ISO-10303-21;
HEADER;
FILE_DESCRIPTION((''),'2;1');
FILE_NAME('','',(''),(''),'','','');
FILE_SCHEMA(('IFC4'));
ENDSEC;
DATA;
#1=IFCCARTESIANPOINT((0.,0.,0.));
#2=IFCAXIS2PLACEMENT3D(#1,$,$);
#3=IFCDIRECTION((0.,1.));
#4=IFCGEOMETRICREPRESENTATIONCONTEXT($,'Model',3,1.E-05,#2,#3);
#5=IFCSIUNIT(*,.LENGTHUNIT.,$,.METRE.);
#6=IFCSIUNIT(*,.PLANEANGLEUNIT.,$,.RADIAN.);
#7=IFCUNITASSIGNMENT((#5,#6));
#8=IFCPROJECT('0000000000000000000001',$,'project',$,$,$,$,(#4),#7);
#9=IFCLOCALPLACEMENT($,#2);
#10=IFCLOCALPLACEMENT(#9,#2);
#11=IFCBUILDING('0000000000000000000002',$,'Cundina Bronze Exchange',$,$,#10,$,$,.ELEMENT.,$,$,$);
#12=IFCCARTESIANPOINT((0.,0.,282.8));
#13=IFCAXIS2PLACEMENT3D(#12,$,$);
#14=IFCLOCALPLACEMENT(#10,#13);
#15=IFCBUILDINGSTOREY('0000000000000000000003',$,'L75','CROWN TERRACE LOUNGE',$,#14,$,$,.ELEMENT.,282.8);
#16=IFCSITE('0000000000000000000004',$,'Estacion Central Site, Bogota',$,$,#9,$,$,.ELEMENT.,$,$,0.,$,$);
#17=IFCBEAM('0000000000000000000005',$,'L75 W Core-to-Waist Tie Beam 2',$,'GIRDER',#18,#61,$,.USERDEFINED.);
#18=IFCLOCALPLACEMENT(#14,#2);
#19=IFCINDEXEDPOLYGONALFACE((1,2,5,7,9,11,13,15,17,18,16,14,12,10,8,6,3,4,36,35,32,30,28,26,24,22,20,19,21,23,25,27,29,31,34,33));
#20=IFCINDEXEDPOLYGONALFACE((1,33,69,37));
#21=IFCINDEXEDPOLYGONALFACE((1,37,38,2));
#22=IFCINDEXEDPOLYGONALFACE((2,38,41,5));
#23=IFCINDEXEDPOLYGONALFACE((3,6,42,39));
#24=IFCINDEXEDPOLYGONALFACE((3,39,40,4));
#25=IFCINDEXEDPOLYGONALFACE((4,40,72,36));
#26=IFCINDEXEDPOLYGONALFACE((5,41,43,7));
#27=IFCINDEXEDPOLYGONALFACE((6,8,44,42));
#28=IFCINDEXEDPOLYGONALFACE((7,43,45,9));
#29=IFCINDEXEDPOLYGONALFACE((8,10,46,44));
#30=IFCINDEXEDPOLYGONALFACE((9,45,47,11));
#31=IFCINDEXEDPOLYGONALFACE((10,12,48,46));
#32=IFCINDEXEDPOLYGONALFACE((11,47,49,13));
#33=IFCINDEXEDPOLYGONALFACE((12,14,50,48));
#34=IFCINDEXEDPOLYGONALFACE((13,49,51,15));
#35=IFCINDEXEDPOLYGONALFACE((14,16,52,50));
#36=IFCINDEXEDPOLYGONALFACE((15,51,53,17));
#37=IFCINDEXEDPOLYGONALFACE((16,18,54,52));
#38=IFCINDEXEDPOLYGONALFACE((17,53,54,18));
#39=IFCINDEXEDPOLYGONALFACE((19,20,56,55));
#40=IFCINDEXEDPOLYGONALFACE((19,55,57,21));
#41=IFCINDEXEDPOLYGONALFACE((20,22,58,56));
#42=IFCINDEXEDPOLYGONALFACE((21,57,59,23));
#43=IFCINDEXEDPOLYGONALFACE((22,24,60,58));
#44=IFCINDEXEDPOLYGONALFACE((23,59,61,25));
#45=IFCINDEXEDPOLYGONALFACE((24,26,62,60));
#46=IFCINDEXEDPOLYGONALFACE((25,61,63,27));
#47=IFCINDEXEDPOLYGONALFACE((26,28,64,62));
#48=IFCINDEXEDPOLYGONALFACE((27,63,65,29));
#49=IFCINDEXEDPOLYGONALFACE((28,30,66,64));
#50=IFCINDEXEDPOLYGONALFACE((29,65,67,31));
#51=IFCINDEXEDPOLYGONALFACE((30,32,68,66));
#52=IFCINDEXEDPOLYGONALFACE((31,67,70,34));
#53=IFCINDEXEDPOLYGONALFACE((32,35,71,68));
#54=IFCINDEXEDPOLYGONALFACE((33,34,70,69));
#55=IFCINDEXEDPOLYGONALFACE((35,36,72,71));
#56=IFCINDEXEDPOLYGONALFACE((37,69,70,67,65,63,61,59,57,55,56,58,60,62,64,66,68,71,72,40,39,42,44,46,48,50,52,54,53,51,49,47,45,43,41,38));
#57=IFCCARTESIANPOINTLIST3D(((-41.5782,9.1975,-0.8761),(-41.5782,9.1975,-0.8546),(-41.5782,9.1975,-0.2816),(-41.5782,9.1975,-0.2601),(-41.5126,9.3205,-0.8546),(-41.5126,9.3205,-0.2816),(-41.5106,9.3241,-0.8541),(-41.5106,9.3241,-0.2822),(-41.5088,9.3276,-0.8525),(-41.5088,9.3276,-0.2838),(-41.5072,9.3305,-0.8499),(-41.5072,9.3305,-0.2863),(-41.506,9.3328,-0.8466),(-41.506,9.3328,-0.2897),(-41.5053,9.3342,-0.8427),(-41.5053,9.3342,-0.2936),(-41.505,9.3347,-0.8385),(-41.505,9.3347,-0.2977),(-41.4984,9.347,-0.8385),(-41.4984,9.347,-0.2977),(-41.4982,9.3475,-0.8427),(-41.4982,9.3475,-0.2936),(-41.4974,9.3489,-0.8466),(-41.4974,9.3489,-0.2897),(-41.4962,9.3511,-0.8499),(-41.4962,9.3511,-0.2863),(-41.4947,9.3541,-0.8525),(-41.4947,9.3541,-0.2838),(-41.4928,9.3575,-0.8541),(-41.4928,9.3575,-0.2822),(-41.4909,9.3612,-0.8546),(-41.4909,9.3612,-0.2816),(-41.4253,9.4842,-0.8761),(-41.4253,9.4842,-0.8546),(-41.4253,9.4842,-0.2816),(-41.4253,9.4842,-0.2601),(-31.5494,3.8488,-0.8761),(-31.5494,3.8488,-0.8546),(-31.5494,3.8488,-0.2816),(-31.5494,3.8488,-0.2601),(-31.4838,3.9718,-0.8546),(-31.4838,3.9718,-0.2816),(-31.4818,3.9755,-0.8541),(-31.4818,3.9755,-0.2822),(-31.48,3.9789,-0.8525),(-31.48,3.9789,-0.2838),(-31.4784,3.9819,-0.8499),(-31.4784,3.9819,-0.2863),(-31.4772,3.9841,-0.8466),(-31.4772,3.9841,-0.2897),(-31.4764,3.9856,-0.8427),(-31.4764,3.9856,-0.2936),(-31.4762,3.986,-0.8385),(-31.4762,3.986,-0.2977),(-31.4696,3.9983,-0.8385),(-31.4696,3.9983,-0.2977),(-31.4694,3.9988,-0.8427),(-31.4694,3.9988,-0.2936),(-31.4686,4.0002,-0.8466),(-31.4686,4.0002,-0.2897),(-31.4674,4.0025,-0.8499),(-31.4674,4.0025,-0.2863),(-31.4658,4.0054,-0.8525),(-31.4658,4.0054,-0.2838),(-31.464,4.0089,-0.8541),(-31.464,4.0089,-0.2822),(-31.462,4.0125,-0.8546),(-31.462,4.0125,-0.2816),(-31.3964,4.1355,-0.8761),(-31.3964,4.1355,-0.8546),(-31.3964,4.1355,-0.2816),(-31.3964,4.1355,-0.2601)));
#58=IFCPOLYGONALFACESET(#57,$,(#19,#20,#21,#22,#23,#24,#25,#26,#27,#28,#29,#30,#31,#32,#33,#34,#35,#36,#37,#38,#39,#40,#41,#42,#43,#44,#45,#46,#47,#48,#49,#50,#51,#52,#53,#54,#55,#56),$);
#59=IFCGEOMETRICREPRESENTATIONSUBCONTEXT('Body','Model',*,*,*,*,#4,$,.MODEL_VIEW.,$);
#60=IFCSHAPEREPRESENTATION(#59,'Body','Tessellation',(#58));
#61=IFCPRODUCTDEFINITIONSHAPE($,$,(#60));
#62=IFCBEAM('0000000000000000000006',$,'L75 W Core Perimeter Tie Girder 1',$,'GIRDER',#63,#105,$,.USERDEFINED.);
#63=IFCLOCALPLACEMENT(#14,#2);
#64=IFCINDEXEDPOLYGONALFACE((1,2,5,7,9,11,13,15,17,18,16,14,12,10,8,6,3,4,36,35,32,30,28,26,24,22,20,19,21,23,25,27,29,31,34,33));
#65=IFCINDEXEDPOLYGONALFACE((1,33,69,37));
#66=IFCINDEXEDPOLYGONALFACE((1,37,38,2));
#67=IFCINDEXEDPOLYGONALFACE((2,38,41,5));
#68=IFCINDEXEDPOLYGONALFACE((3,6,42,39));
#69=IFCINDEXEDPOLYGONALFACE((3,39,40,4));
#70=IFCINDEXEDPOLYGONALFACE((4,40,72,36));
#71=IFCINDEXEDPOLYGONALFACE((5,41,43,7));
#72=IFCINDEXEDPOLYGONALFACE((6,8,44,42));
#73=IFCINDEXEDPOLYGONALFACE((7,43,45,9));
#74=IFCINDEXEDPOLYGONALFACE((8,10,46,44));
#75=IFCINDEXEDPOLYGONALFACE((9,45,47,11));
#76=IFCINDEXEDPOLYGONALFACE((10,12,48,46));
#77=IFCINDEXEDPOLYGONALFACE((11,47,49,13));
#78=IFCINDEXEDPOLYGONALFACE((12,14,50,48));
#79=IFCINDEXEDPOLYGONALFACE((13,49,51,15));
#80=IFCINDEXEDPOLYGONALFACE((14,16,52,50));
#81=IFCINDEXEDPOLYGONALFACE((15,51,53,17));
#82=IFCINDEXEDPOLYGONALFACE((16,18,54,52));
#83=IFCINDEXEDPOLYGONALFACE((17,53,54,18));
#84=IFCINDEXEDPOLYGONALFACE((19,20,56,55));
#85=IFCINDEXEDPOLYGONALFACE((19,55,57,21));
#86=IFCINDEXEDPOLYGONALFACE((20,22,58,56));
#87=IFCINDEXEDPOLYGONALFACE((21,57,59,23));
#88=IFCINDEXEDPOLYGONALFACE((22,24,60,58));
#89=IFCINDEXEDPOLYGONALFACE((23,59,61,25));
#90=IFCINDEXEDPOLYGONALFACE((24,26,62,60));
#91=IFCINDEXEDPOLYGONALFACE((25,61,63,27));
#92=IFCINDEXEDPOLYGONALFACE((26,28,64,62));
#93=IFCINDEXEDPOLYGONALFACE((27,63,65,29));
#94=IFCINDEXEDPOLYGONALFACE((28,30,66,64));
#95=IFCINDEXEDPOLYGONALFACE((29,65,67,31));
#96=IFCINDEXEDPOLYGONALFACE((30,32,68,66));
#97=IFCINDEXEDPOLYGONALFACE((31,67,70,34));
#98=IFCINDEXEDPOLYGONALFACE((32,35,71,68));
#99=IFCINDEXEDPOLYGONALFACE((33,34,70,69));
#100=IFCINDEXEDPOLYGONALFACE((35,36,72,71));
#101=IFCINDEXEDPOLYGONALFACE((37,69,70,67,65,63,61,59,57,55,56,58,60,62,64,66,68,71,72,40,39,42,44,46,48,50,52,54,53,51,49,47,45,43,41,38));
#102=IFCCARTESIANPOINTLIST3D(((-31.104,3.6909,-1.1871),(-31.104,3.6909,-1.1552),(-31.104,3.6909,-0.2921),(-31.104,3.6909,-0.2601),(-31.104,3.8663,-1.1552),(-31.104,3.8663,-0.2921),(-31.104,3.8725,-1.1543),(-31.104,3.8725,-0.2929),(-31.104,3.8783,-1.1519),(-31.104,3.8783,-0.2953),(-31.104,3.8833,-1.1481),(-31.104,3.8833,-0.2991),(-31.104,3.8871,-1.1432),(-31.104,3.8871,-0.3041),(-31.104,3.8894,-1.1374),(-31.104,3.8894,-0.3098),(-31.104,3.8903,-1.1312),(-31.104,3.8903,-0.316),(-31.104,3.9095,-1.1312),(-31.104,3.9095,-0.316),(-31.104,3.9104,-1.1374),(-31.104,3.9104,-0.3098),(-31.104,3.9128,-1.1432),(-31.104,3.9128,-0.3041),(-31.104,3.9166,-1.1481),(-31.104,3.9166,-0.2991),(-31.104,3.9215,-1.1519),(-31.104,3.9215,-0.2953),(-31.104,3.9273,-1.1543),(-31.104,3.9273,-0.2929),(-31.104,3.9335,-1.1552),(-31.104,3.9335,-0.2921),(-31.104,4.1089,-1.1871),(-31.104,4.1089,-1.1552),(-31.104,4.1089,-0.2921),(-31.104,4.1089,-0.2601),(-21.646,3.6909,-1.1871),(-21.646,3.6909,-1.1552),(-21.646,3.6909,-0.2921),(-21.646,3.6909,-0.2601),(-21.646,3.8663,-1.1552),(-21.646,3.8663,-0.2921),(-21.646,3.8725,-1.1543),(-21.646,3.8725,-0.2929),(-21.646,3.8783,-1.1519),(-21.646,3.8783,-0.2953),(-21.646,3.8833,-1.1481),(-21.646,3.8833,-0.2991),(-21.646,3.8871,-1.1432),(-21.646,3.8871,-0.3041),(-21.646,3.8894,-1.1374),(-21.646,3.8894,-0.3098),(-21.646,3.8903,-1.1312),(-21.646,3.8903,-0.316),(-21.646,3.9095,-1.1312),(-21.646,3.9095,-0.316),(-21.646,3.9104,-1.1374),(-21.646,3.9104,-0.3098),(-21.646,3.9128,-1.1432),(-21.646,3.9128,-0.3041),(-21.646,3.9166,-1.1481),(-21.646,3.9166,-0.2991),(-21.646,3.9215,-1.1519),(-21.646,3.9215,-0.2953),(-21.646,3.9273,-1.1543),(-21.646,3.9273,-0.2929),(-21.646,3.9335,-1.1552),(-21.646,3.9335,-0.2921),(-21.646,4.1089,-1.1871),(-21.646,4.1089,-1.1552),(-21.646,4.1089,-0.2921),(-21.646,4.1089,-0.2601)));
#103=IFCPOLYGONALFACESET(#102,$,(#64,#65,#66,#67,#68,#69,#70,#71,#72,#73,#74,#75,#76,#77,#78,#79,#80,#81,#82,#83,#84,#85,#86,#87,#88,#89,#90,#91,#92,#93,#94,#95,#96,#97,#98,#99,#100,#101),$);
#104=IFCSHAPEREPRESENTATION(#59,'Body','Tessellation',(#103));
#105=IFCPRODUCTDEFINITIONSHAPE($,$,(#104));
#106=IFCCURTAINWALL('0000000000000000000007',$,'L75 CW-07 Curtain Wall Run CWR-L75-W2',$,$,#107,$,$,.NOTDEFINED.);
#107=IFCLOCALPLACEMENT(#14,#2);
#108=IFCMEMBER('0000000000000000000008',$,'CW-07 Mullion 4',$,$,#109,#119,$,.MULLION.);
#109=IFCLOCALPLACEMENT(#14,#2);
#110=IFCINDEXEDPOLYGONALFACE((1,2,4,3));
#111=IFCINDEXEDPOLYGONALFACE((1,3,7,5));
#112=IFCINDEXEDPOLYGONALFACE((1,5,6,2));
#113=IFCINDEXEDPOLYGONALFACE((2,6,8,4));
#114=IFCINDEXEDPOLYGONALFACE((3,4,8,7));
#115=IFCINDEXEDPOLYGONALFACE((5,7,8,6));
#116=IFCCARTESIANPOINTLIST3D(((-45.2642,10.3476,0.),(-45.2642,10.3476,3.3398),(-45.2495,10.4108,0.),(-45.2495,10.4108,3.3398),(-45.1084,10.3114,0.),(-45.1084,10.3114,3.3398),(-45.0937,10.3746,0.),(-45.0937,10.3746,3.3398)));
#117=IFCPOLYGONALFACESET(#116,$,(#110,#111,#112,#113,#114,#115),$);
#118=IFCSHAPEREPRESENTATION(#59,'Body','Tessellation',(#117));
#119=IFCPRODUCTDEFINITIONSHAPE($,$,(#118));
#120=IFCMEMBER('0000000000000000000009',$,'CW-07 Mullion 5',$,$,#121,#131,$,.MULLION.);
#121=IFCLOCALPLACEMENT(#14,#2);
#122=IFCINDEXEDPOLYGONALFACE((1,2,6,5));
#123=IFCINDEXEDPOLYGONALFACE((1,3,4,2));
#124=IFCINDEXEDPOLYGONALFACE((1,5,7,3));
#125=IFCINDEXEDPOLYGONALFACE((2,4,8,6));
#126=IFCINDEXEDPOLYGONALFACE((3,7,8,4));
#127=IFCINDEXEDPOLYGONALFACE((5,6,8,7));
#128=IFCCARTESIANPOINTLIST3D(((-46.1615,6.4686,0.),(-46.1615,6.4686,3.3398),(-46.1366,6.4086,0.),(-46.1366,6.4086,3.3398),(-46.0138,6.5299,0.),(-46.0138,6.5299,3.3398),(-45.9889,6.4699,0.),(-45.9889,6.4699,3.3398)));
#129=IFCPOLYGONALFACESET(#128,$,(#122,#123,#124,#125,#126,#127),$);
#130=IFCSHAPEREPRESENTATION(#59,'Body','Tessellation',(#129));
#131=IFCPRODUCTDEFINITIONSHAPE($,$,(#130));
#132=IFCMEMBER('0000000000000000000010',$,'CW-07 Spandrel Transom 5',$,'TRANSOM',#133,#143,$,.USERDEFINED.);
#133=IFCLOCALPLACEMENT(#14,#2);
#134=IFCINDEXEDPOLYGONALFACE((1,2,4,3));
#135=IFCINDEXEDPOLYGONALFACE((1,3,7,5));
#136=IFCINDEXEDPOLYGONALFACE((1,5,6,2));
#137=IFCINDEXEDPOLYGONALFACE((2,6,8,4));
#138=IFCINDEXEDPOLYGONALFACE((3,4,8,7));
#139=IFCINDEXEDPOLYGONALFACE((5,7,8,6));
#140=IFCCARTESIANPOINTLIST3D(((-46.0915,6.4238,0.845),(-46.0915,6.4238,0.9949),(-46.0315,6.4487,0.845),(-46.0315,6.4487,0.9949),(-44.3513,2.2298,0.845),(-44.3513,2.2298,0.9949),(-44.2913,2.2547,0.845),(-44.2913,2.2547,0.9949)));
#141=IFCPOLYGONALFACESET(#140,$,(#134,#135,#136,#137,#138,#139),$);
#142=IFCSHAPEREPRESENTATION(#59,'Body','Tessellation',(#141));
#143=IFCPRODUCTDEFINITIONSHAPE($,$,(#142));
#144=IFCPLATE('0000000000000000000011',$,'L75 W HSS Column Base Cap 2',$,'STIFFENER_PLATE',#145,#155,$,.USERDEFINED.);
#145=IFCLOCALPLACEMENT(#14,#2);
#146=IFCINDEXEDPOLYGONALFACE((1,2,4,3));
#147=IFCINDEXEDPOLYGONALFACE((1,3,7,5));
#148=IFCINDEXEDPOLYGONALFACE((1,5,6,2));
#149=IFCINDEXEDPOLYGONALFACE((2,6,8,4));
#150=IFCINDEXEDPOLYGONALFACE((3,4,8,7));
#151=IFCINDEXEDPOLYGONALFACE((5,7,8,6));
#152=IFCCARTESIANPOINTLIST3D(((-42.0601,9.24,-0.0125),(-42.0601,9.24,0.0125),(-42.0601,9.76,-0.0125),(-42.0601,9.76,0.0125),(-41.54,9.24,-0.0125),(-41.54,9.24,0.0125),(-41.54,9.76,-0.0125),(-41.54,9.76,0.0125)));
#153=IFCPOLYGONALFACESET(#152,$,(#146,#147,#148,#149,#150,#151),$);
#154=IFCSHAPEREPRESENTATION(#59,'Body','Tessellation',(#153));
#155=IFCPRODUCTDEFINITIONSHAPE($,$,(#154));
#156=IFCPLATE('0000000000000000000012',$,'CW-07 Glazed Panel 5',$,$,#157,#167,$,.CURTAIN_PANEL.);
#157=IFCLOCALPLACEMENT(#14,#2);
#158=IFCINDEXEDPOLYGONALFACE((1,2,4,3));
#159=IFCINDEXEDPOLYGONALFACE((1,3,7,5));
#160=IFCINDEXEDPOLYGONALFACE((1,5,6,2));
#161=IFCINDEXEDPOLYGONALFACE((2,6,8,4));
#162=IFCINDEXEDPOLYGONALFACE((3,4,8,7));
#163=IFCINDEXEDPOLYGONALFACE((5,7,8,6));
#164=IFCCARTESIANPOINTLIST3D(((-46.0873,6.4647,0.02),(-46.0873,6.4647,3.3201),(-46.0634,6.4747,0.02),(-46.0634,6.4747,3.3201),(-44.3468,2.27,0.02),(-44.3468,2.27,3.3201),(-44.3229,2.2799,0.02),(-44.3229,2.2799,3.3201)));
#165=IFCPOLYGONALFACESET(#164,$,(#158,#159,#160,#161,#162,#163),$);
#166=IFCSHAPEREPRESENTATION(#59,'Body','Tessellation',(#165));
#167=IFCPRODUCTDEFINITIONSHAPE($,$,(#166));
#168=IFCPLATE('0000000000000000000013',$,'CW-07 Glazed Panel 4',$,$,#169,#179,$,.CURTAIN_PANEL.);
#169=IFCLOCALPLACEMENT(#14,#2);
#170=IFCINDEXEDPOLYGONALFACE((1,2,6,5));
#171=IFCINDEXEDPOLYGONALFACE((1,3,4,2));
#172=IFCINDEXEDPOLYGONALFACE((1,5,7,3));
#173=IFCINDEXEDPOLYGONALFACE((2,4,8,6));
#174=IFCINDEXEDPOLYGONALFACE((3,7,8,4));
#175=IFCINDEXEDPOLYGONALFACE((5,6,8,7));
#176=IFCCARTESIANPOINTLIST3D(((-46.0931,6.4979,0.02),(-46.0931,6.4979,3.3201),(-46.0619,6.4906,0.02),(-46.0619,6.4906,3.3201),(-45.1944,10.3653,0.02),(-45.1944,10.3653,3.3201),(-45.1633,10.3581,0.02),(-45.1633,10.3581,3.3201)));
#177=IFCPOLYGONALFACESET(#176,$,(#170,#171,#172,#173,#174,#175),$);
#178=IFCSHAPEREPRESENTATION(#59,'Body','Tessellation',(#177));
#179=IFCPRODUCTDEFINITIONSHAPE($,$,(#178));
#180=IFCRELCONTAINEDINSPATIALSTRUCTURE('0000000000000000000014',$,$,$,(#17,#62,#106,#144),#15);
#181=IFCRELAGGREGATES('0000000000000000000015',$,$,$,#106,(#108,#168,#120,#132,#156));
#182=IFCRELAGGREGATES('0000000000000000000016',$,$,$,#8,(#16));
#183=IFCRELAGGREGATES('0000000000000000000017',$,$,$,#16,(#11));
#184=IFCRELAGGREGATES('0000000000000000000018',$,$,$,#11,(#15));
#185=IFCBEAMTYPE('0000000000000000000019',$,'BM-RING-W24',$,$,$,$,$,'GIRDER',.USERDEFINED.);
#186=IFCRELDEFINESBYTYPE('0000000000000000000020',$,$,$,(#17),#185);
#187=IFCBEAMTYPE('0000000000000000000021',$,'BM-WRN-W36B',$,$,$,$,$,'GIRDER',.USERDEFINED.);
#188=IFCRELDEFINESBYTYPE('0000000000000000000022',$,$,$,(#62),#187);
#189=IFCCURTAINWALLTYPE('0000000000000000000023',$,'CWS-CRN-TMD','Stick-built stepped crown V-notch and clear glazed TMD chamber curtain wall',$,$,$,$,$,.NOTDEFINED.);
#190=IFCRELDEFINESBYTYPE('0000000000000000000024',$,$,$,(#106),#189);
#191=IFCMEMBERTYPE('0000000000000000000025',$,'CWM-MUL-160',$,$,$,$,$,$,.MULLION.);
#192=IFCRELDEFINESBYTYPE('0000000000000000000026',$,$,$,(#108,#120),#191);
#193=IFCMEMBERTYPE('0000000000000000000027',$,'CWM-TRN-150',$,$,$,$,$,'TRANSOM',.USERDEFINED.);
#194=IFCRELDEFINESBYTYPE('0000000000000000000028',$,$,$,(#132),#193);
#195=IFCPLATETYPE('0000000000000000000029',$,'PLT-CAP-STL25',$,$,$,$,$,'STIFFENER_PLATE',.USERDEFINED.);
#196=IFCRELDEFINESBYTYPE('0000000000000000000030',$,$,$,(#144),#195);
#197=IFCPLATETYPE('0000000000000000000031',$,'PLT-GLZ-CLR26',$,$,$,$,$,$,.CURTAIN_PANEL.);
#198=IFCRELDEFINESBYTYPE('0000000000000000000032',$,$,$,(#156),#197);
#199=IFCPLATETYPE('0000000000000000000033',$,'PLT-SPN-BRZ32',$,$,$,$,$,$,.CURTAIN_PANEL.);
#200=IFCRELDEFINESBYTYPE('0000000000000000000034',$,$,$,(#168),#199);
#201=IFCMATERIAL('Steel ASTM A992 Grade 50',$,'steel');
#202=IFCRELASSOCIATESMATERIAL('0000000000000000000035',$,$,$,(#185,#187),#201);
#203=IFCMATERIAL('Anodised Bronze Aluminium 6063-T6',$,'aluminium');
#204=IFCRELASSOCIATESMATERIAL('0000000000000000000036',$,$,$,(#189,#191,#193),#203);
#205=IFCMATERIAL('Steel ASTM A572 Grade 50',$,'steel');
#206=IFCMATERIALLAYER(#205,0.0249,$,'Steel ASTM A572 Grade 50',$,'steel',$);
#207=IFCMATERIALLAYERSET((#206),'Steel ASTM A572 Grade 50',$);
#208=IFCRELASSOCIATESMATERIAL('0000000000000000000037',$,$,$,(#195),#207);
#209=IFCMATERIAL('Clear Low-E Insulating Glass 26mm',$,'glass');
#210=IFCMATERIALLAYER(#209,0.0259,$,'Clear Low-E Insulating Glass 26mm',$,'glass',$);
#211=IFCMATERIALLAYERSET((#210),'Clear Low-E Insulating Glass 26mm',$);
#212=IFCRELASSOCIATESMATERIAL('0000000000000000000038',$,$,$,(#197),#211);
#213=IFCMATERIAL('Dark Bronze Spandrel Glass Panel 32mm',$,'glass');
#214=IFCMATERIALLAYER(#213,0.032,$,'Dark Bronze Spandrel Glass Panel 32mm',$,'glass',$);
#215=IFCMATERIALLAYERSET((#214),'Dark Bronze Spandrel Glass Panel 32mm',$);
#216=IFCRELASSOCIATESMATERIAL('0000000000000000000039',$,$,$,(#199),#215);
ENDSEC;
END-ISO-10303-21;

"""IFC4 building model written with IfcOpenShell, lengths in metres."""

from ifc_helpers import new_model, si_unit, direction, frame, origin, origin_2d, place, context, subcontext, project, spatial, rectangle, i_section, extrude, material, layer, layer_set, material_profile, profile_set, type_object, element, aggregate, save


model = new_model("IFC4")

# Units and contexts
model_context = context("Model", 3, precision=1e-05, world=origin(), true_north=direction((0.0, 1.0)))
body_context = subcontext(model_context, "Body", "Model", "MODEL_VIEW")
ifc_project = project(units=[si_unit("LENGTHUNIT", "METRE"), si_unit("PLANEANGLEUNIT", "RADIAN")], contexts=[model_context])

# Site, building, storey
site_placement = place(None, origin())
site = spatial("IfcSite", under=ifc_project, at=site_placement, Name="Estacion Central Site, Bogota", CompositionType="ELEMENT", RefElevation=0.0)
building_placement = place(site_placement, origin())
building = spatial("IfcBuilding", under=site, at=building_placement, Name="Cundina Bronze Exchange", CompositionType="ELEMENT")
storey_placement = place(building_placement, frame((0.0, 0.0, 282.8)))
storey = spatial("IfcBuildingStorey", under=building, at=storey_placement, Name="L75", Description="CROWN TERRACE LOUNGE", CompositionType="ELEMENT", Elevation=282.8)

# Shared definitions
ifc_material_1 = material(Name="Steel ASTM A992 Grade 50", Category="steel")

# Beams
ifc_material_profile_1 = material_profile(ifc_material_1, i_section(OverallWidth=0.325, OverallDepth=0.616, WebThickness=0.0139, FlangeThickness=0.0215, FilletRadius=0.0161, at=origin_2d()), Name="W24X117", Category="steel")
ifc_profile_set_1 = profile_set([ifc_material_profile_1], Name="Steel ASTM A992 Grade 50")
beam_type_1 = type_object("IfcBeamType", Name="BM-RING-W24", ElementType="GIRDER", PredefinedType="USERDEFINED", material=ifc_profile_set_1)
beam_1_placement = place(storey_placement, frame((-31.4729, 3.9922, -0.5681), z_axis=(-0.882355, 0.470584, 0.0), x_axis=(-0.470584, -0.882355, 0.0)))
element("IfcBeam", 1, at=beam_1_placement, inside=storey, type_object=beam_type_1, Name="L75 W Core-to-Waist Tie Beam 2", ObjectType="GIRDER", PredefinedType="USERDEFINED", context=body_context, shape_type="SweptSolid", body=[
    extrude(i_section(OverallWidth=0.325, OverallDepth=0.616, WebThickness=0.0139, FlangeThickness=0.0215, FilletRadius=0.0161, at=origin_2d()), origin(), (0.0, 0.0, 1.0), 11.366),
])
ifc_material_profile_2 = material_profile(ifc_material_1, i_section(OverallWidth=0.418, OverallDepth=0.927, WebThickness=0.0193, FlangeThickness=0.032, FilletRadius=0.0239, at=origin_2d()), Name="W36X231", Category="steel")
ifc_profile_set_2 = profile_set([ifc_material_profile_2], Name="Steel ASTM A992 Grade 50")
beam_type_2 = type_object("IfcBeamType", Name="BM-WRN-W36B", ElementType="GIRDER", PredefinedType="USERDEFINED", material=ifc_profile_set_2)
beam_2_placement = place(storey_placement, frame((-31.104, 3.8999, -0.7236), z_axis=(1.0, 0.0, 0.0), x_axis=(0.0, 1.0, 0.0)))
element("IfcBeam", 2, at=beam_2_placement, inside=storey, type_object=beam_type_2, Name="L75 W Core Perimeter Tie Girder 1", ObjectType="GIRDER", PredefinedType="USERDEFINED", context=body_context, shape_type="SweptSolid", body=[
    extrude(i_section(OverallWidth=0.418, OverallDepth=0.927, WebThickness=0.0193, FlangeThickness=0.032, FilletRadius=0.0239, at=origin_2d()), origin(), (0.0, 0.0, 1.0), 9.458),
])

# Curtain wall, members
ifc_material_2 = material(Name="Anodised Bronze Aluminium 6063-T6", Category="aluminium")
curtain_wall_type = type_object("IfcCurtainWallType", Name="CWS-CRN-TMD", Description="Stick-built stepped crown V-notch and clear glazed TMD chamber curtain wall", PredefinedType="NOTDEFINED", material=ifc_material_2)
curtain_wall_placement = place(storey_placement, origin())
curtain_wall = element("IfcCurtainWall", 3, at=curtain_wall_placement, inside=storey, type_object=curtain_wall_type, Name="L75 CW-07 Curtain Wall Run CWR-L75-W2", PredefinedType="NOTDEFINED")
ifc_material_profile_3 = material_profile(ifc_material_2, rectangle(XDim=0.0649, YDim=0.1599, at=origin_2d()), Name="AL65X160", Category="aluminium")
ifc_profile_set_3 = profile_set([ifc_material_profile_3], Name="Anodised Bronze Aluminium 6063-T6")
member_type_1 = type_object("IfcMemberType", Name="CWM-MUL-160", PredefinedType="MULLION", material=ifc_profile_set_3)
member_1_placement = place(storey_placement, frame((-45.179, 10.3611, 0.0), z_axis=(0.0, 0.0, 1.0), x_axis=(-0.226311, -0.974055, 0.0)))
member_1 = element("IfcMember", 4, at=member_1_placement, type_object=member_type_1, Name="CW-07 Mullion 4", PredefinedType="MULLION", context=body_context, shape_type="SweptSolid", body=[
    extrude(rectangle(XDim=0.0649, YDim=0.1599, at=origin_2d()), origin(), (0.0, 0.0, 1.0), 3.3398),
])
member_2_placement = place(storey_placement, frame((-46.0752, 6.4692, 0.0), z_axis=(0.0, 0.0, 1.0), x_axis=(0.383167, -0.923679, 0.0)))
member_2 = element("IfcMember", 5, at=member_2_placement, type_object=member_type_1, Name="CW-07 Mullion 5", PredefinedType="MULLION", context=body_context, shape_type="SweptSolid", body=[
    extrude(rectangle(XDim=0.0649, YDim=0.1599, at=origin_2d()), origin(), (0.0, 0.0, 1.0), 3.3398),
])
ifc_material_profile_4 = material_profile(ifc_material_2, rectangle(XDim=0.0649, YDim=0.1499, at=origin_2d()), Name="AL65X150", Category="aluminium")
ifc_profile_set_4 = profile_set([ifc_material_profile_4], Name="Anodised Bronze Aluminium 6063-T6")
member_type_2 = type_object("IfcMemberType", Name="CWM-TRN-150", ElementType="TRANSOM", PredefinedType="USERDEFINED", material=ifc_profile_set_4)
member_3_placement = place(storey_placement, frame((-46.0615, 6.4363, 0.9199), z_axis=(0.383244, -0.923647, 0.0), x_axis=(0.923647, 0.383244, 0.0)))
member_3 = element("IfcMember", 6, at=member_3_placement, type_object=member_type_2, Name="CW-07 Spandrel Transom 5", ObjectType="TRANSOM", PredefinedType="USERDEFINED", context=body_context, shape_type="SweptSolid", body=[
    extrude(rectangle(XDim=0.0649, YDim=0.1499, at=origin_2d()), origin(), (0.0, 0.0, 1.0), 4.5408),
])

# Plates
ifc_material_3 = material(Name="Steel ASTM A572 Grade 50", Category="steel")
ifc_layer_1 = layer(ifc_material_3, 0.0249, Name="Steel ASTM A572 Grade 50", Category="steel")
ifc_layer_set_1 = layer_set([ifc_layer_1], Name="Steel ASTM A572 Grade 50")
plate_type_1 = type_object("IfcPlateType", Name="PLT-CAP-STL25", ElementType="STIFFENER_PLATE", PredefinedType="USERDEFINED", material=ifc_layer_set_1)
plate_1_placement = place(storey_placement, frame((-41.8, 9.5, -0.0125), z_axis=(0.0, 0.0, 1.0), x_axis=(1.0, 0.0, 0.0)))
element("IfcPlate", 7, at=plate_1_placement, inside=storey, type_object=plate_type_1, Name="L75 W HSS Column Base Cap 2", ObjectType="STIFFENER_PLATE", PredefinedType="USERDEFINED", context=body_context, shape_type="SweptSolid", body=[
    extrude(rectangle(XDim=0.52, YDim=0.52, at=origin_2d()), origin(), (0.0, 0.0, 1.0), 0.0249),
])
ifc_material_4 = material(Name="Clear Low-E Insulating Glass 26mm", Category="glass")
ifc_layer_2 = layer(ifc_material_4, 0.0259, Name="Clear Low-E Insulating Glass 26mm", Category="glass")
ifc_layer_set_2 = layer_set([ifc_layer_2], Name="Clear Low-E Insulating Glass 26mm")
plate_type_2 = type_object("IfcPlateType", Name="PLT-GLZ-CLR26", PredefinedType="CURTAIN_PANEL", material=ifc_layer_set_2)
plate_2_placement = place(storey_placement, frame((-45.2051, 4.3723, 0.02), z_axis=(0.0, 0.0, 1.0), x_axis=(0.383232, -0.923652, 0.0)))
plate_2 = element("IfcPlate", 8, at=plate_2_placement, type_object=plate_type_2, Name="CW-07 Glazed Panel 5", PredefinedType="CURTAIN_PANEL", context=body_context, shape_type="SweptSolid", body=[
    extrude(rectangle(XDim=4.5415, YDim=0.0259, at=origin_2d()), origin(), (0.0, 0.0, 1.0), 3.3),
])
ifc_material_5 = material(Name="Dark Bronze Spandrel Glass Panel 32mm", Category="glass")
ifc_layer_3 = layer(ifc_material_5, 0.032, Name="Dark Bronze Spandrel Glass Panel 32mm", Category="glass")
ifc_layer_set_3 = layer_set([ifc_layer_3], Name="Dark Bronze Spandrel Glass Panel 32mm")
plate_type_3 = type_object("IfcPlateType", Name="PLT-SPN-BRZ32", PredefinedType="CURTAIN_PANEL", material=ifc_layer_set_3)
plate_3_placement = place(storey_placement, frame((-45.6282, 8.428, 0.02), z_axis=(0.0, 0.0, 1.0), x_axis=(-0.226328, -0.974051, 0.0)))
plate_3 = element("IfcPlate", 9, at=plate_3_placement, type_object=plate_type_3, Name="CW-07 Glazed Panel 4", PredefinedType="CURTAIN_PANEL", context=body_context, shape_type="SweptSolid", body=[
    extrude(rectangle(XDim=3.9705, YDim=0.032, at=origin_2d()), origin(), (0.0, 0.0, 1.0), 3.3),
])
aggregate(curtain_wall, [member_1, plate_3, member_2, member_3, plate_2])

save(model, "model.ifc")
